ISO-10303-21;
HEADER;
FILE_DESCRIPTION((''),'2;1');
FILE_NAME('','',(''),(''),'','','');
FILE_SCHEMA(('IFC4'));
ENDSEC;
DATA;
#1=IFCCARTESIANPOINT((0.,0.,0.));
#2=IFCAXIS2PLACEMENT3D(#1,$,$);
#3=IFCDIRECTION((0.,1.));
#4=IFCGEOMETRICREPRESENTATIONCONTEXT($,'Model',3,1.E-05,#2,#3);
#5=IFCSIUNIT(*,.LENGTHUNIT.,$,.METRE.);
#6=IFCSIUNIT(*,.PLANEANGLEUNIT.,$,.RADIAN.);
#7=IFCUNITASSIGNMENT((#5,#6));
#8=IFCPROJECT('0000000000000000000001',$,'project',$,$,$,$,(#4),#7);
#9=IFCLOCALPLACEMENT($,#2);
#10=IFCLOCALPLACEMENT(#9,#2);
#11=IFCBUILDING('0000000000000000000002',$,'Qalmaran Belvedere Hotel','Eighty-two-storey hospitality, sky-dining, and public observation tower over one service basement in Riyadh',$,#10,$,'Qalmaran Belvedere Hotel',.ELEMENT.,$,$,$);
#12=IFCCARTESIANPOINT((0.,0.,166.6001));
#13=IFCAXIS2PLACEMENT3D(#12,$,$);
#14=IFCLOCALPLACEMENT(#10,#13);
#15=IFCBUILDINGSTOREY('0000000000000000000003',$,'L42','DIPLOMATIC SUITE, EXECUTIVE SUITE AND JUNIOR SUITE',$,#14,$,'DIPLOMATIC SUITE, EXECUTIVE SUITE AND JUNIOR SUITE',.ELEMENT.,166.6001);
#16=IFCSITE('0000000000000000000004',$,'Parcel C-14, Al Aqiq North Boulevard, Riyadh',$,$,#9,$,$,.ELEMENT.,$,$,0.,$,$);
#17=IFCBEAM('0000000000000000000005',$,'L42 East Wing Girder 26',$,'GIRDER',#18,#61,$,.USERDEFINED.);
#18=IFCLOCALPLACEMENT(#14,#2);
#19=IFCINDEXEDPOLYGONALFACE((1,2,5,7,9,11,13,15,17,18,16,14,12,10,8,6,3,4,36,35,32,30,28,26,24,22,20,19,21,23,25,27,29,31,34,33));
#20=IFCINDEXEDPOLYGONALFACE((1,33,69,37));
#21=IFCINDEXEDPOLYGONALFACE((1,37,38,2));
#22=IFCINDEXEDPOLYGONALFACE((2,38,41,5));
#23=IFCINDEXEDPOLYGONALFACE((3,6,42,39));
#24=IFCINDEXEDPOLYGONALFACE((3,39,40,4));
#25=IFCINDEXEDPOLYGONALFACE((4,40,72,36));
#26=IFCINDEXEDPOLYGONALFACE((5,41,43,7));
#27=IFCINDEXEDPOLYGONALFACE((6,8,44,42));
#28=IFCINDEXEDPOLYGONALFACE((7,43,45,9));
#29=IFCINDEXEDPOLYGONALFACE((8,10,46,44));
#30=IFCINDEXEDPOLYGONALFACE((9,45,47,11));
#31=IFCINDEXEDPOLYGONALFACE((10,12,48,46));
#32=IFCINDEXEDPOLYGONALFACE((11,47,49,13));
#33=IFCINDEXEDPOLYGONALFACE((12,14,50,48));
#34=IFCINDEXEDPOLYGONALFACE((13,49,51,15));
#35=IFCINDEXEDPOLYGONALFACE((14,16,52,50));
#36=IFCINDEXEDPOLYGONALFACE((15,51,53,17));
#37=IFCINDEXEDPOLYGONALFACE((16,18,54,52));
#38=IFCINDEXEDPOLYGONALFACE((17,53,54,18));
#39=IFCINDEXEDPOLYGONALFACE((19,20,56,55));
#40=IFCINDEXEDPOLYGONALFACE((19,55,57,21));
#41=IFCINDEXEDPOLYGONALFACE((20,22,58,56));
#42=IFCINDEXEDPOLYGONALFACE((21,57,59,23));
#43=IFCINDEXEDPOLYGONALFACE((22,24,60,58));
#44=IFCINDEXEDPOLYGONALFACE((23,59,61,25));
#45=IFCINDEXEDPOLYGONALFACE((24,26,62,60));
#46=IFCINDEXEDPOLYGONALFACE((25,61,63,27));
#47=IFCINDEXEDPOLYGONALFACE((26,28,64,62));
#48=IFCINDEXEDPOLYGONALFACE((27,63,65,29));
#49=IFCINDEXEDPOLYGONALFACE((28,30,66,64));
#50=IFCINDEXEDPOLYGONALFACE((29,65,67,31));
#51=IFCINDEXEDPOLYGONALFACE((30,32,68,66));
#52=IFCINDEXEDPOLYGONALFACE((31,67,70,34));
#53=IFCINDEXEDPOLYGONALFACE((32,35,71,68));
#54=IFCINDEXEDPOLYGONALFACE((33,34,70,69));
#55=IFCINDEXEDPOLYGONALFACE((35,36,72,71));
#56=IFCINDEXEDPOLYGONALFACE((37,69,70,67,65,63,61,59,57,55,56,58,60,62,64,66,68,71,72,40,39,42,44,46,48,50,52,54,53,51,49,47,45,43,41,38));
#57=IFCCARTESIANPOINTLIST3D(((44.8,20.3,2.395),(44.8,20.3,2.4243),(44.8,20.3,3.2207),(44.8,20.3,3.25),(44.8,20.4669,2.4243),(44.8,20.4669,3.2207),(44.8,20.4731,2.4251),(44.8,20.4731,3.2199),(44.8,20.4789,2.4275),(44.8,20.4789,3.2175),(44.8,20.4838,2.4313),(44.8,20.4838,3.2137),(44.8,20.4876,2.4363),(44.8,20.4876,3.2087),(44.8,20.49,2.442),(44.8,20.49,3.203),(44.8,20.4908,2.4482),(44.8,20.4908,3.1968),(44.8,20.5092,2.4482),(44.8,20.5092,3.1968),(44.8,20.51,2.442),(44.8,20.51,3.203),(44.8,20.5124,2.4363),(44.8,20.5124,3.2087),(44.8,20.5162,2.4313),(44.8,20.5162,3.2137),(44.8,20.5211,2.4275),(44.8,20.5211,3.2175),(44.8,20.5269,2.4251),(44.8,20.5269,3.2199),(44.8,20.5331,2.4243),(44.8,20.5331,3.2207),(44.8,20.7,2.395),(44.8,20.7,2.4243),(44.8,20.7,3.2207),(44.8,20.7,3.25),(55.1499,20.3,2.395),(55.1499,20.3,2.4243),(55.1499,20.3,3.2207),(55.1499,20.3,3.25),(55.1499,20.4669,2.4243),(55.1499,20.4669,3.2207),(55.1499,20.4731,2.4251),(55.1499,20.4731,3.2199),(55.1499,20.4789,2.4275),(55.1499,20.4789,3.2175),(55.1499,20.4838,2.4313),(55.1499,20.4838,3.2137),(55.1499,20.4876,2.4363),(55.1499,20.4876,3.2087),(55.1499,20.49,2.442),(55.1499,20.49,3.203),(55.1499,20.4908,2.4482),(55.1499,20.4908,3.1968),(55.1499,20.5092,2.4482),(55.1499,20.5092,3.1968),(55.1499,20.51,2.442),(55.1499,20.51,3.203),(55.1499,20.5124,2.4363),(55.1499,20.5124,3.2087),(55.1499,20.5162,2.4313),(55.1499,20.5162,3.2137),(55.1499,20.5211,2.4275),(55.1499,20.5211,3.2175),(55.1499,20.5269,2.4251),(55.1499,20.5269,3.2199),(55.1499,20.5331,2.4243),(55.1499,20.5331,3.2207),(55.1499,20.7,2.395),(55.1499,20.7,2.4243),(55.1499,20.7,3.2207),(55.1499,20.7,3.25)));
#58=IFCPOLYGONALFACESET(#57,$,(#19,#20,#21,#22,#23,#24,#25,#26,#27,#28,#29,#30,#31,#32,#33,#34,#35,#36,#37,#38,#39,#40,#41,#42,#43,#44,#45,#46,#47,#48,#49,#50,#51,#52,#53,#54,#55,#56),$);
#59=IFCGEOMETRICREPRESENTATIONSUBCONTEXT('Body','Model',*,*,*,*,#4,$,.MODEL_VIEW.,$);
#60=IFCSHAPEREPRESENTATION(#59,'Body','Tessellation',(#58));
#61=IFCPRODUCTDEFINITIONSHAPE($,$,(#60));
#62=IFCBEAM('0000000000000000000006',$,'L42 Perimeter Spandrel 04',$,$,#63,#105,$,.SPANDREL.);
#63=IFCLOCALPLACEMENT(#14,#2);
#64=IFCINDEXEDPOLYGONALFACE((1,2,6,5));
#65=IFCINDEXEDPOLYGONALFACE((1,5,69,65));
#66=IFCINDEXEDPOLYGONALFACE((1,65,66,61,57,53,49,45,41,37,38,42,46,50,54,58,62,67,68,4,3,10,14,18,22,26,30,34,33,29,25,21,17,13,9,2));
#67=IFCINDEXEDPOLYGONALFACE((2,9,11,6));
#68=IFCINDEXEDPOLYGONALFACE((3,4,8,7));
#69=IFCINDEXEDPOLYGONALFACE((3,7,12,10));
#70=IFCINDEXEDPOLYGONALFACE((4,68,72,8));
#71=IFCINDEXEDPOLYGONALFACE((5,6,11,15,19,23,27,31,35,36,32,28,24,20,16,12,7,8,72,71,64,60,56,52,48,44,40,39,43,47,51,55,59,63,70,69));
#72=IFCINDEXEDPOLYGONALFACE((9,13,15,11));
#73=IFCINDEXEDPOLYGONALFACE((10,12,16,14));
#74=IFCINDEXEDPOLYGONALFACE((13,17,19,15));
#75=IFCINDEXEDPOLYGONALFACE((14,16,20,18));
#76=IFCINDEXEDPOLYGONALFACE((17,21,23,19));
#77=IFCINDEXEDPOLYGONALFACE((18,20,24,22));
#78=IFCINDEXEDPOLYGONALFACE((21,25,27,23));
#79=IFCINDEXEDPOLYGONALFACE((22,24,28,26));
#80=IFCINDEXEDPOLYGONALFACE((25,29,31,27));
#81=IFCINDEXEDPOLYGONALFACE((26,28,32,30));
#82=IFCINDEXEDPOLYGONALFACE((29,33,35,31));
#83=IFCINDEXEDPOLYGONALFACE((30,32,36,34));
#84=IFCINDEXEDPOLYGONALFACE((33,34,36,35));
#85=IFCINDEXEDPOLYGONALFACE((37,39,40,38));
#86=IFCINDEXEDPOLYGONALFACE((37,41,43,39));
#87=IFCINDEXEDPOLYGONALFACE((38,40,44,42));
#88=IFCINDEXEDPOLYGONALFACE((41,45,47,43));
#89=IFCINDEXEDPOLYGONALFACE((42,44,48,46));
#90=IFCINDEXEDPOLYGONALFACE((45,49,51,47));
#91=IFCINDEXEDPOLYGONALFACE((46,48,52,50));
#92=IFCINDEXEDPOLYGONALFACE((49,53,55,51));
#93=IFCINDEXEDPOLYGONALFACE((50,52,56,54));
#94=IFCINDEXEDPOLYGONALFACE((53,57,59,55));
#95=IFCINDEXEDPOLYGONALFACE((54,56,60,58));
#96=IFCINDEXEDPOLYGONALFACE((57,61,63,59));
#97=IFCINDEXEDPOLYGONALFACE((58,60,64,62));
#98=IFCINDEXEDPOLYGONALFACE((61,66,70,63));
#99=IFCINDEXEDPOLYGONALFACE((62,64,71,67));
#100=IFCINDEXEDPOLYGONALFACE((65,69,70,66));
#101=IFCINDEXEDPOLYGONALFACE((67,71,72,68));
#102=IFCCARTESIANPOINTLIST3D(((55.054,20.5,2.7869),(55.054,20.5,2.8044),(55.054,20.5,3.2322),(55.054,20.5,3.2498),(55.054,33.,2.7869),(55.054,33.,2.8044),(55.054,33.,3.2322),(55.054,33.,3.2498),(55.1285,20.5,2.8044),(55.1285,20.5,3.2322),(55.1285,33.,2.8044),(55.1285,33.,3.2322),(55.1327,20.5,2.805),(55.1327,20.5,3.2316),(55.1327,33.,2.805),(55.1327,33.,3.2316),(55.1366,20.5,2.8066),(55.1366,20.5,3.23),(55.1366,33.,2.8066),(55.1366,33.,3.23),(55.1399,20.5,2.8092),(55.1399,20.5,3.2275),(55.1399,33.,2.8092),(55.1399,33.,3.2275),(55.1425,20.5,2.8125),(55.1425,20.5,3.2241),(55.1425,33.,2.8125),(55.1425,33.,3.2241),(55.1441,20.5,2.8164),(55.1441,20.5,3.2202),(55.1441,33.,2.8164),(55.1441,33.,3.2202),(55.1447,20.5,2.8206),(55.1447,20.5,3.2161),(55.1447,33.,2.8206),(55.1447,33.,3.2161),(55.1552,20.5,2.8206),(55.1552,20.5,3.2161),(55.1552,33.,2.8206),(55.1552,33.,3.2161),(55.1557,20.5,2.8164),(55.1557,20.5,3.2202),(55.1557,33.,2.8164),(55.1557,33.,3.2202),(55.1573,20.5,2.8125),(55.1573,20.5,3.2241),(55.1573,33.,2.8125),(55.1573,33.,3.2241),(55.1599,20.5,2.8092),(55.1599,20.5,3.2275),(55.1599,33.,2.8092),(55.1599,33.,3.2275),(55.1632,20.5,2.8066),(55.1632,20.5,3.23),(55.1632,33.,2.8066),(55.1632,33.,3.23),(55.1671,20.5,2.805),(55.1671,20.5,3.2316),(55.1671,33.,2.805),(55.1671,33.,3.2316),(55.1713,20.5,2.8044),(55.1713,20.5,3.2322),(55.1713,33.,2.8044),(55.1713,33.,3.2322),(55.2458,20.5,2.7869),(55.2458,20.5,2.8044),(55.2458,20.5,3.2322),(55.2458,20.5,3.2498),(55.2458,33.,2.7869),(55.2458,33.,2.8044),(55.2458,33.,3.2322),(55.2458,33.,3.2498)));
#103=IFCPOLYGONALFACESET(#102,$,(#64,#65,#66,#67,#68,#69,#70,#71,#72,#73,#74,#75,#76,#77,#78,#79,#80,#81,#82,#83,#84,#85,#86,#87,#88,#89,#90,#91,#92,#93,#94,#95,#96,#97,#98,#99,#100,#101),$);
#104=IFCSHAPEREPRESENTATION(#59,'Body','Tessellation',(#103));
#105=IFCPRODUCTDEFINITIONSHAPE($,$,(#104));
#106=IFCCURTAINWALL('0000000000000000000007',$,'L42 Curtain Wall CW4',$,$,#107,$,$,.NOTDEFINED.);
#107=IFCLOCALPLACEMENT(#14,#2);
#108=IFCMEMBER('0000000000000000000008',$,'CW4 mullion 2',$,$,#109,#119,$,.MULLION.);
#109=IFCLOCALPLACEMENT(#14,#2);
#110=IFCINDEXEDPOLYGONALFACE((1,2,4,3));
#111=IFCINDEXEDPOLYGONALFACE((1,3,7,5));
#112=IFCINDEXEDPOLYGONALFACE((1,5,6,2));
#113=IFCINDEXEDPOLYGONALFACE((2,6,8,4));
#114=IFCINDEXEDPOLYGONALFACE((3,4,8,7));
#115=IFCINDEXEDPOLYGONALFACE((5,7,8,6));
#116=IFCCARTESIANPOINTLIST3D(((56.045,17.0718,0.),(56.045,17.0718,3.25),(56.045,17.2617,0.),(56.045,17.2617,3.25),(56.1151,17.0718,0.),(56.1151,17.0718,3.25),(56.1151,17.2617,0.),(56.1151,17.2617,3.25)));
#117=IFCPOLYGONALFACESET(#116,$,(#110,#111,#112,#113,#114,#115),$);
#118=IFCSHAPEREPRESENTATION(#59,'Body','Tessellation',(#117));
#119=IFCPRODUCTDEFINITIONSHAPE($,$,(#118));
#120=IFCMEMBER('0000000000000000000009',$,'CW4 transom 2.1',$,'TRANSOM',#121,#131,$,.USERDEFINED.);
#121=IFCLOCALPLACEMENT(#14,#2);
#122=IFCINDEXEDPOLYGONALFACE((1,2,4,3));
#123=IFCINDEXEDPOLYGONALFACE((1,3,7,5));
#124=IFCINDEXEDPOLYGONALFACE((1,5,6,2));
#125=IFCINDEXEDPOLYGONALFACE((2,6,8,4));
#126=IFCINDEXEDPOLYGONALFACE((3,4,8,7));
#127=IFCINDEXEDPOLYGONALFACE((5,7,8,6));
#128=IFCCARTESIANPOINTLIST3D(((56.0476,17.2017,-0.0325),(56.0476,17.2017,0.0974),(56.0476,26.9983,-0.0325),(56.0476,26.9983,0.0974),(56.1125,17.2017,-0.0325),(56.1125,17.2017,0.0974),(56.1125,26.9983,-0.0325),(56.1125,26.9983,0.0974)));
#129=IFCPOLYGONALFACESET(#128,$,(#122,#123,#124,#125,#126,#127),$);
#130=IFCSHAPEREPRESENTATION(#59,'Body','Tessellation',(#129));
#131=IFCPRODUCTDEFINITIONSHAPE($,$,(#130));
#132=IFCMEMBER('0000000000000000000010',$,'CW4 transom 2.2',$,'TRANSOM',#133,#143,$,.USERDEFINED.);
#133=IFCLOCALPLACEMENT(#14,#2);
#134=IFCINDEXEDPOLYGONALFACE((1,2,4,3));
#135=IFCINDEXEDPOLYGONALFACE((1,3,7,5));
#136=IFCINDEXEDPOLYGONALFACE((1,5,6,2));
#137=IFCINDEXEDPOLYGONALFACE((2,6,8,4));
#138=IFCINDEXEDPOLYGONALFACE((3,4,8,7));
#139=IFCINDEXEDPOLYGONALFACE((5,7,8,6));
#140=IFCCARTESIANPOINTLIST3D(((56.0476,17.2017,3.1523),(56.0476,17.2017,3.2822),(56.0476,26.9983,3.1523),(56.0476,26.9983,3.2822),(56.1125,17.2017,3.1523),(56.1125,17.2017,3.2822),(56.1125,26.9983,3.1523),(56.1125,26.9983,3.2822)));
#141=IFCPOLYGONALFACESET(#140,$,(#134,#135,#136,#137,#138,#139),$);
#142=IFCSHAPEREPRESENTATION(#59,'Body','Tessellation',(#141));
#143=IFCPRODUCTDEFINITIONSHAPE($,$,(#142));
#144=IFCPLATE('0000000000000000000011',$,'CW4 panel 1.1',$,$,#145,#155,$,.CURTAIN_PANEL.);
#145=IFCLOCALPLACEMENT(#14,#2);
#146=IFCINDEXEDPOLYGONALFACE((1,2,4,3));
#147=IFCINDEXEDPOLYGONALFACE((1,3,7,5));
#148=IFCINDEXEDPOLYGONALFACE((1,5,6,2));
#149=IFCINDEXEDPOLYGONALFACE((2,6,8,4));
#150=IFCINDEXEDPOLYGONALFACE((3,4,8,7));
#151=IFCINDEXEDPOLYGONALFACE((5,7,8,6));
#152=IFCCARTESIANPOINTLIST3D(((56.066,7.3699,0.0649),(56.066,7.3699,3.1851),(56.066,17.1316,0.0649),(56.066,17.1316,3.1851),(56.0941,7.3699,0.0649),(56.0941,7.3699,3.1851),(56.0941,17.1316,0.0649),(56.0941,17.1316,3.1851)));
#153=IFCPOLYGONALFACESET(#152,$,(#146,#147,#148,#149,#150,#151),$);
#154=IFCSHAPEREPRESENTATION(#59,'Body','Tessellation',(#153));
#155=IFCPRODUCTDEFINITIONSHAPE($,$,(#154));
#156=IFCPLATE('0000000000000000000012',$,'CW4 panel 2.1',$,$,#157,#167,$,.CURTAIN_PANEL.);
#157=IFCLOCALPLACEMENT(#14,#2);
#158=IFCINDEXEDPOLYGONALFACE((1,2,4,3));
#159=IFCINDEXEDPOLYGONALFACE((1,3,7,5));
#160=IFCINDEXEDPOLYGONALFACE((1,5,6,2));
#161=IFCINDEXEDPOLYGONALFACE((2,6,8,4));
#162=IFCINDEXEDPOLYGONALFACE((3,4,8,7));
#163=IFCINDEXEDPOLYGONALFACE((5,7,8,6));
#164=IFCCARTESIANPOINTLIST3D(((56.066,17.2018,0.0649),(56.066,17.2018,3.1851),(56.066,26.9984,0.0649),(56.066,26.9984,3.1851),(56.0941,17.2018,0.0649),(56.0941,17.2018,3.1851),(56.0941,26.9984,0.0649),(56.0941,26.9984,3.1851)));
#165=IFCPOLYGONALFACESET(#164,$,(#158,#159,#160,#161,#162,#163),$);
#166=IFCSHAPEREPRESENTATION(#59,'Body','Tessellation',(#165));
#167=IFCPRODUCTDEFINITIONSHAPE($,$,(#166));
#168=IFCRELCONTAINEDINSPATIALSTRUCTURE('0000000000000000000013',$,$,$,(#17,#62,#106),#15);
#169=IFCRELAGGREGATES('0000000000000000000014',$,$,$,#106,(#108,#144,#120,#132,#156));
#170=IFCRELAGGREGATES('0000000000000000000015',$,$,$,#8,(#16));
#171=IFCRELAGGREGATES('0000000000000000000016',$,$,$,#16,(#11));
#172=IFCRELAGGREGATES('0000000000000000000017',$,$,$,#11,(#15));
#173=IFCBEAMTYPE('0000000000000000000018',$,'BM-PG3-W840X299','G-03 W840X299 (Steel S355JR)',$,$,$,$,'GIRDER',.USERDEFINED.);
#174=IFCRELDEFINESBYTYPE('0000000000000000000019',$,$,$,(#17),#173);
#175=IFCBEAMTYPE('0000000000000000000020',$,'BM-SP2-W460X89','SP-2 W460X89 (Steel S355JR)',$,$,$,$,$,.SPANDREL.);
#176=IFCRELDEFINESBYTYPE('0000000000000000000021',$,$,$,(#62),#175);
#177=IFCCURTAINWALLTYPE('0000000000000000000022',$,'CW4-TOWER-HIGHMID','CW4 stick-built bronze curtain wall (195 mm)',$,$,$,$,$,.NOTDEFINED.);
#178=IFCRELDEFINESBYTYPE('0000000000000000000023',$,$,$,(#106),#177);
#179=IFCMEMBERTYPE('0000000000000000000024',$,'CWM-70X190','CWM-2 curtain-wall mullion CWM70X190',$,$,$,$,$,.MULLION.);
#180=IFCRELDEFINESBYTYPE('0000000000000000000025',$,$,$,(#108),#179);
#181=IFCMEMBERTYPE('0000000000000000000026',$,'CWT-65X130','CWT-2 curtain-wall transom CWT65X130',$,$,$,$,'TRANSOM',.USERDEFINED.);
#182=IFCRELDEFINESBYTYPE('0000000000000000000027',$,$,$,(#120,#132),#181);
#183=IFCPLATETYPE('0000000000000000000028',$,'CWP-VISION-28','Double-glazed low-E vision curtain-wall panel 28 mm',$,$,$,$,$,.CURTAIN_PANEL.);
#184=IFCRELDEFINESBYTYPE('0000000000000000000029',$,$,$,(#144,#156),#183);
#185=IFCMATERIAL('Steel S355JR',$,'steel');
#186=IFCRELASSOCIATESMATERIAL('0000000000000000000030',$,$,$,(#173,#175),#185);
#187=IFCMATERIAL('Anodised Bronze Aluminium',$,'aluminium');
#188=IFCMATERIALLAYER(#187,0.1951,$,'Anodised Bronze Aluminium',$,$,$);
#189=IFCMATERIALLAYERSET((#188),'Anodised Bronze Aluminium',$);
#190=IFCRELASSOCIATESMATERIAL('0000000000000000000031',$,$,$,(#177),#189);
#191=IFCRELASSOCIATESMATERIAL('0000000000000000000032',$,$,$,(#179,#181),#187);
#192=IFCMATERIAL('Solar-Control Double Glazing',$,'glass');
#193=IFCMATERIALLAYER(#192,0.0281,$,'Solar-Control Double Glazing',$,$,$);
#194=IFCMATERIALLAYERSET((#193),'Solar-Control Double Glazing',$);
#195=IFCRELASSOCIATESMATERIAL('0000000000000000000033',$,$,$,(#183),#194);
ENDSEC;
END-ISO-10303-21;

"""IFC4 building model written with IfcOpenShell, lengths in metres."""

from ifc_helpers import new_model, si_unit, direction, frame, origin, origin_2d, place, context, subcontext, project, spatial, rectangle, i_section, extrude, material, layer, layer_set, material_profile, profile_set, type_object, element, aggregate, save


model = new_model("IFC4")

# Units and contexts
model_context = context("Model", 3, precision=1e-05, world=origin(), true_north=direction((0.0, 1.0)))
body_context = subcontext(model_context, "Body", "Model", "MODEL_VIEW")
ifc_project = project(units=[si_unit("LENGTHUNIT", "METRE"), si_unit("PLANEANGLEUNIT", "RADIAN")], contexts=[model_context])

# Site, building, storey
site_placement = place(None, origin())
site = spatial("IfcSite", under=ifc_project, at=site_placement, Name="Parcel C-14, Al Aqiq North Boulevard, Riyadh", CompositionType="ELEMENT", RefElevation=0.0)
building_placement = place(site_placement, origin())
building = spatial("IfcBuilding", under=site, at=building_placement, Name="Qalmaran Belvedere Hotel", Description="Eighty-two-storey hospitality, sky-dining, and public observation tower over one service basement in Riyadh", LongName="Qalmaran Belvedere Hotel", CompositionType="ELEMENT")
storey_placement = place(building_placement, frame((0.0, 0.0, 166.6001)))
storey = spatial("IfcBuildingStorey", under=building, at=storey_placement, Name="L42", Description="DIPLOMATIC SUITE, EXECUTIVE SUITE AND JUNIOR SUITE", LongName="DIPLOMATIC SUITE, EXECUTIVE SUITE AND JUNIOR SUITE", CompositionType="ELEMENT", Elevation=166.6001)

# Beams
ifc_material_1 = material(Name="Steel S355JR", Category="steel")
ifc_material_profile_1 = material_profile(ifc_material_1, i_section(OverallWidth=0.3999, OverallDepth=0.855, WebThickness=0.0183, FlangeThickness=0.0293, FilletRadius=0.0239, at=origin_2d()), Name="W840X299")
ifc_profile_set_1 = profile_set([ifc_material_profile_1], Name="Steel S355JR")
beam_type_1 = type_object("IfcBeamType", Name="BM-PG3-W840X299", Description="G-03 W840X299 (Steel S355JR)", ElementType="GIRDER", PredefinedType="USERDEFINED", material=ifc_profile_set_1)
beam_1_placement = place(storey_placement, frame((44.8, 20.5, 2.8225), z_axis=(1.0, 0.0, 0.0), x_axis=(0.0, 1.0, 0.0)))
element("IfcBeam", 1, at=beam_1_placement, inside=storey, type_object=beam_type_1, Name="L42 East Wing Girder 26", ObjectType="GIRDER", PredefinedType="USERDEFINED", context=body_context, shape_type="SweptSolid", body=[
    extrude(i_section(OverallWidth=0.3999, OverallDepth=0.855, WebThickness=0.0183, FlangeThickness=0.0293, FilletRadius=0.0239, at=origin_2d()), origin(), (0.0, 0.0, 1.0), 10.3499),
])
ifc_material_profile_2 = material_profile(ifc_material_1, i_section(OverallWidth=0.1919, OverallDepth=0.4629, WebThickness=0.0105, FlangeThickness=0.0176, FilletRadius=0.0161, at=origin_2d()), Name="W460X89")
ifc_profile_set_2 = profile_set([ifc_material_profile_2], Name="Steel S355JR")
beam_type_2 = type_object("IfcBeamType", Name="BM-SP2-W460X89", Description="SP-2 W460X89 (Steel S355JR)", PredefinedType="SPANDREL", material=ifc_profile_set_2)
beam_2_placement = place(storey_placement, frame((55.1499, 20.5, 3.0183), z_axis=(0.0, 1.0, 0.0), x_axis=(-1.0, 0.0, 0.0)))
element("IfcBeam", 2, at=beam_2_placement, inside=storey, type_object=beam_type_2, Name="L42 Perimeter Spandrel 04", PredefinedType="SPANDREL", context=body_context, shape_type="SweptSolid", body=[
    extrude(i_section(OverallWidth=0.1919, OverallDepth=0.4629, WebThickness=0.0105, FlangeThickness=0.0176, FilletRadius=0.0161, at=origin_2d()), origin(), (0.0, 0.0, 1.0), 12.5),
])

# Curtain wall, members, plates
ifc_material_2 = material(Name="Anodised Bronze Aluminium", Category="aluminium")
ifc_layer_1 = layer(ifc_material_2, 0.1951, Name="Anodised Bronze Aluminium")
ifc_layer_set_1 = layer_set([ifc_layer_1], Name="Anodised Bronze Aluminium")
curtain_wall_type = type_object("IfcCurtainWallType", Name="CW4-TOWER-HIGHMID", Description="CW4 stick-built bronze curtain wall (195 mm)", PredefinedType="NOTDEFINED", material=ifc_layer_set_1)
curtain_wall_placement = place(storey_placement, origin())
curtain_wall = element("IfcCurtainWall", 3, at=curtain_wall_placement, inside=storey, type_object=curtain_wall_type, Name="L42 Curtain Wall CW4", PredefinedType="NOTDEFINED")
ifc_material_profile_3 = material_profile(ifc_material_2, rectangle(XDim=0.0701, YDim=0.1899, at=origin_2d()), Name="CWM70X190")
ifc_profile_set_3 = profile_set([ifc_material_profile_3], Name="Anodised Bronze Aluminium")
member_type_1 = type_object("IfcMemberType", Name="CWM-70X190", Description="CWM-2 curtain-wall mullion CWM70X190", PredefinedType="MULLION", material=ifc_profile_set_3)
member_1_placement = place(storey_placement, frame((56.0801, 17.1667, 0.0), z_axis=(0.0, 0.0, 1.0), x_axis=(-1.0, 0.0, 0.0)))
member_1 = element("IfcMember", 4, at=member_1_placement, type_object=member_type_1, Name="CW4 mullion 2", PredefinedType="MULLION", context=body_context, shape_type="SweptSolid", body=[
    extrude(rectangle(XDim=0.0701, YDim=0.1899, at=origin_2d()), origin(), (0.0, 0.0, 1.0), 3.25),
])
ifc_material_profile_4 = material_profile(ifc_material_2, rectangle(XDim=0.0649, YDim=0.1299, at=origin_2d()), Name="CWT65X130")
ifc_profile_set_4 = profile_set([ifc_material_profile_4], Name="Anodised Bronze Aluminium")
member_type_2 = type_object("IfcMemberType", Name="CWT-65X130", Description="CWT-2 curtain-wall transom CWT65X130", ElementType="TRANSOM", PredefinedType="USERDEFINED", material=ifc_profile_set_4)
member_2_placement = place(storey_placement, frame((56.0801, 17.2017, 0.0325), z_axis=(0.0, 1.0, 0.0), x_axis=(-1.0, 0.0, 0.0)))
member_2 = element("IfcMember", 5, at=member_2_placement, type_object=member_type_2, Name="CW4 transom 2.1", ObjectType="TRANSOM", PredefinedType="USERDEFINED", context=body_context, shape_type="SweptSolid", body=[
    extrude(rectangle(XDim=0.0649, YDim=0.1299, at=origin_2d()), origin(), (0.0, 0.0, 1.0), 9.7966),
])
member_3_placement = place(storey_placement, frame((56.0801, 17.2017, 3.2173), z_axis=(0.0, 1.0, 0.0), x_axis=(-1.0, 0.0, 0.0)))
member_3 = element("IfcMember", 6, at=member_3_placement, type_object=member_type_2, Name="CW4 transom 2.2", ObjectType="TRANSOM", PredefinedType="USERDEFINED", context=body_context, shape_type="SweptSolid", body=[
    extrude(rectangle(XDim=0.0649, YDim=0.1299, at=origin_2d()), origin(), (0.0, 0.0, 1.0), 9.7966),
])
ifc_material_3 = material(Name="Solar-Control Double Glazing", Category="glass")
ifc_layer_2 = layer(ifc_material_3, 0.0281, Name="Solar-Control Double Glazing")
ifc_layer_set_2 = layer_set([ifc_layer_2], Name="Solar-Control Double Glazing")
plate_type = type_object("IfcPlateType", Name="CWP-VISION-28", Description="Double-glazed low-E vision curtain-wall panel 28 mm", PredefinedType="CURTAIN_PANEL", material=ifc_layer_set_2)
plate_1_placement = place(storey_placement, frame((56.0801, 12.2507, 0.0649), z_axis=(0.0, 0.0, 1.0), x_axis=(0.0, 1.0, 0.0)))
plate_1 = element("IfcPlate", 7, at=plate_1_placement, type_object=plate_type, Name="CW4 panel 1.1", PredefinedType="CURTAIN_PANEL", context=body_context, shape_type="SweptSolid", body=[
    extrude(rectangle(XDim=9.7617, YDim=0.0281, at=origin_2d()), origin(), (0.0, 0.0, 1.0), 3.1201),
])
plate_2_placement = place(storey_placement, frame((56.0801, 22.1001, 0.0649), z_axis=(0.0, 0.0, 1.0), x_axis=(0.0, 1.0, 0.0)))
plate_2 = element("IfcPlate", 8, at=plate_2_placement, type_object=plate_type, Name="CW4 panel 2.1", PredefinedType="CURTAIN_PANEL", context=body_context, shape_type="SweptSolid", body=[
    extrude(rectangle(XDim=9.7966, YDim=0.0281, at=origin_2d()), origin(), (0.0, 0.0, 1.0), 3.1201),
])
aggregate(curtain_wall, [member_1, plate_1, member_2, member_3, plate_2])

save(model, "model.ifc")
